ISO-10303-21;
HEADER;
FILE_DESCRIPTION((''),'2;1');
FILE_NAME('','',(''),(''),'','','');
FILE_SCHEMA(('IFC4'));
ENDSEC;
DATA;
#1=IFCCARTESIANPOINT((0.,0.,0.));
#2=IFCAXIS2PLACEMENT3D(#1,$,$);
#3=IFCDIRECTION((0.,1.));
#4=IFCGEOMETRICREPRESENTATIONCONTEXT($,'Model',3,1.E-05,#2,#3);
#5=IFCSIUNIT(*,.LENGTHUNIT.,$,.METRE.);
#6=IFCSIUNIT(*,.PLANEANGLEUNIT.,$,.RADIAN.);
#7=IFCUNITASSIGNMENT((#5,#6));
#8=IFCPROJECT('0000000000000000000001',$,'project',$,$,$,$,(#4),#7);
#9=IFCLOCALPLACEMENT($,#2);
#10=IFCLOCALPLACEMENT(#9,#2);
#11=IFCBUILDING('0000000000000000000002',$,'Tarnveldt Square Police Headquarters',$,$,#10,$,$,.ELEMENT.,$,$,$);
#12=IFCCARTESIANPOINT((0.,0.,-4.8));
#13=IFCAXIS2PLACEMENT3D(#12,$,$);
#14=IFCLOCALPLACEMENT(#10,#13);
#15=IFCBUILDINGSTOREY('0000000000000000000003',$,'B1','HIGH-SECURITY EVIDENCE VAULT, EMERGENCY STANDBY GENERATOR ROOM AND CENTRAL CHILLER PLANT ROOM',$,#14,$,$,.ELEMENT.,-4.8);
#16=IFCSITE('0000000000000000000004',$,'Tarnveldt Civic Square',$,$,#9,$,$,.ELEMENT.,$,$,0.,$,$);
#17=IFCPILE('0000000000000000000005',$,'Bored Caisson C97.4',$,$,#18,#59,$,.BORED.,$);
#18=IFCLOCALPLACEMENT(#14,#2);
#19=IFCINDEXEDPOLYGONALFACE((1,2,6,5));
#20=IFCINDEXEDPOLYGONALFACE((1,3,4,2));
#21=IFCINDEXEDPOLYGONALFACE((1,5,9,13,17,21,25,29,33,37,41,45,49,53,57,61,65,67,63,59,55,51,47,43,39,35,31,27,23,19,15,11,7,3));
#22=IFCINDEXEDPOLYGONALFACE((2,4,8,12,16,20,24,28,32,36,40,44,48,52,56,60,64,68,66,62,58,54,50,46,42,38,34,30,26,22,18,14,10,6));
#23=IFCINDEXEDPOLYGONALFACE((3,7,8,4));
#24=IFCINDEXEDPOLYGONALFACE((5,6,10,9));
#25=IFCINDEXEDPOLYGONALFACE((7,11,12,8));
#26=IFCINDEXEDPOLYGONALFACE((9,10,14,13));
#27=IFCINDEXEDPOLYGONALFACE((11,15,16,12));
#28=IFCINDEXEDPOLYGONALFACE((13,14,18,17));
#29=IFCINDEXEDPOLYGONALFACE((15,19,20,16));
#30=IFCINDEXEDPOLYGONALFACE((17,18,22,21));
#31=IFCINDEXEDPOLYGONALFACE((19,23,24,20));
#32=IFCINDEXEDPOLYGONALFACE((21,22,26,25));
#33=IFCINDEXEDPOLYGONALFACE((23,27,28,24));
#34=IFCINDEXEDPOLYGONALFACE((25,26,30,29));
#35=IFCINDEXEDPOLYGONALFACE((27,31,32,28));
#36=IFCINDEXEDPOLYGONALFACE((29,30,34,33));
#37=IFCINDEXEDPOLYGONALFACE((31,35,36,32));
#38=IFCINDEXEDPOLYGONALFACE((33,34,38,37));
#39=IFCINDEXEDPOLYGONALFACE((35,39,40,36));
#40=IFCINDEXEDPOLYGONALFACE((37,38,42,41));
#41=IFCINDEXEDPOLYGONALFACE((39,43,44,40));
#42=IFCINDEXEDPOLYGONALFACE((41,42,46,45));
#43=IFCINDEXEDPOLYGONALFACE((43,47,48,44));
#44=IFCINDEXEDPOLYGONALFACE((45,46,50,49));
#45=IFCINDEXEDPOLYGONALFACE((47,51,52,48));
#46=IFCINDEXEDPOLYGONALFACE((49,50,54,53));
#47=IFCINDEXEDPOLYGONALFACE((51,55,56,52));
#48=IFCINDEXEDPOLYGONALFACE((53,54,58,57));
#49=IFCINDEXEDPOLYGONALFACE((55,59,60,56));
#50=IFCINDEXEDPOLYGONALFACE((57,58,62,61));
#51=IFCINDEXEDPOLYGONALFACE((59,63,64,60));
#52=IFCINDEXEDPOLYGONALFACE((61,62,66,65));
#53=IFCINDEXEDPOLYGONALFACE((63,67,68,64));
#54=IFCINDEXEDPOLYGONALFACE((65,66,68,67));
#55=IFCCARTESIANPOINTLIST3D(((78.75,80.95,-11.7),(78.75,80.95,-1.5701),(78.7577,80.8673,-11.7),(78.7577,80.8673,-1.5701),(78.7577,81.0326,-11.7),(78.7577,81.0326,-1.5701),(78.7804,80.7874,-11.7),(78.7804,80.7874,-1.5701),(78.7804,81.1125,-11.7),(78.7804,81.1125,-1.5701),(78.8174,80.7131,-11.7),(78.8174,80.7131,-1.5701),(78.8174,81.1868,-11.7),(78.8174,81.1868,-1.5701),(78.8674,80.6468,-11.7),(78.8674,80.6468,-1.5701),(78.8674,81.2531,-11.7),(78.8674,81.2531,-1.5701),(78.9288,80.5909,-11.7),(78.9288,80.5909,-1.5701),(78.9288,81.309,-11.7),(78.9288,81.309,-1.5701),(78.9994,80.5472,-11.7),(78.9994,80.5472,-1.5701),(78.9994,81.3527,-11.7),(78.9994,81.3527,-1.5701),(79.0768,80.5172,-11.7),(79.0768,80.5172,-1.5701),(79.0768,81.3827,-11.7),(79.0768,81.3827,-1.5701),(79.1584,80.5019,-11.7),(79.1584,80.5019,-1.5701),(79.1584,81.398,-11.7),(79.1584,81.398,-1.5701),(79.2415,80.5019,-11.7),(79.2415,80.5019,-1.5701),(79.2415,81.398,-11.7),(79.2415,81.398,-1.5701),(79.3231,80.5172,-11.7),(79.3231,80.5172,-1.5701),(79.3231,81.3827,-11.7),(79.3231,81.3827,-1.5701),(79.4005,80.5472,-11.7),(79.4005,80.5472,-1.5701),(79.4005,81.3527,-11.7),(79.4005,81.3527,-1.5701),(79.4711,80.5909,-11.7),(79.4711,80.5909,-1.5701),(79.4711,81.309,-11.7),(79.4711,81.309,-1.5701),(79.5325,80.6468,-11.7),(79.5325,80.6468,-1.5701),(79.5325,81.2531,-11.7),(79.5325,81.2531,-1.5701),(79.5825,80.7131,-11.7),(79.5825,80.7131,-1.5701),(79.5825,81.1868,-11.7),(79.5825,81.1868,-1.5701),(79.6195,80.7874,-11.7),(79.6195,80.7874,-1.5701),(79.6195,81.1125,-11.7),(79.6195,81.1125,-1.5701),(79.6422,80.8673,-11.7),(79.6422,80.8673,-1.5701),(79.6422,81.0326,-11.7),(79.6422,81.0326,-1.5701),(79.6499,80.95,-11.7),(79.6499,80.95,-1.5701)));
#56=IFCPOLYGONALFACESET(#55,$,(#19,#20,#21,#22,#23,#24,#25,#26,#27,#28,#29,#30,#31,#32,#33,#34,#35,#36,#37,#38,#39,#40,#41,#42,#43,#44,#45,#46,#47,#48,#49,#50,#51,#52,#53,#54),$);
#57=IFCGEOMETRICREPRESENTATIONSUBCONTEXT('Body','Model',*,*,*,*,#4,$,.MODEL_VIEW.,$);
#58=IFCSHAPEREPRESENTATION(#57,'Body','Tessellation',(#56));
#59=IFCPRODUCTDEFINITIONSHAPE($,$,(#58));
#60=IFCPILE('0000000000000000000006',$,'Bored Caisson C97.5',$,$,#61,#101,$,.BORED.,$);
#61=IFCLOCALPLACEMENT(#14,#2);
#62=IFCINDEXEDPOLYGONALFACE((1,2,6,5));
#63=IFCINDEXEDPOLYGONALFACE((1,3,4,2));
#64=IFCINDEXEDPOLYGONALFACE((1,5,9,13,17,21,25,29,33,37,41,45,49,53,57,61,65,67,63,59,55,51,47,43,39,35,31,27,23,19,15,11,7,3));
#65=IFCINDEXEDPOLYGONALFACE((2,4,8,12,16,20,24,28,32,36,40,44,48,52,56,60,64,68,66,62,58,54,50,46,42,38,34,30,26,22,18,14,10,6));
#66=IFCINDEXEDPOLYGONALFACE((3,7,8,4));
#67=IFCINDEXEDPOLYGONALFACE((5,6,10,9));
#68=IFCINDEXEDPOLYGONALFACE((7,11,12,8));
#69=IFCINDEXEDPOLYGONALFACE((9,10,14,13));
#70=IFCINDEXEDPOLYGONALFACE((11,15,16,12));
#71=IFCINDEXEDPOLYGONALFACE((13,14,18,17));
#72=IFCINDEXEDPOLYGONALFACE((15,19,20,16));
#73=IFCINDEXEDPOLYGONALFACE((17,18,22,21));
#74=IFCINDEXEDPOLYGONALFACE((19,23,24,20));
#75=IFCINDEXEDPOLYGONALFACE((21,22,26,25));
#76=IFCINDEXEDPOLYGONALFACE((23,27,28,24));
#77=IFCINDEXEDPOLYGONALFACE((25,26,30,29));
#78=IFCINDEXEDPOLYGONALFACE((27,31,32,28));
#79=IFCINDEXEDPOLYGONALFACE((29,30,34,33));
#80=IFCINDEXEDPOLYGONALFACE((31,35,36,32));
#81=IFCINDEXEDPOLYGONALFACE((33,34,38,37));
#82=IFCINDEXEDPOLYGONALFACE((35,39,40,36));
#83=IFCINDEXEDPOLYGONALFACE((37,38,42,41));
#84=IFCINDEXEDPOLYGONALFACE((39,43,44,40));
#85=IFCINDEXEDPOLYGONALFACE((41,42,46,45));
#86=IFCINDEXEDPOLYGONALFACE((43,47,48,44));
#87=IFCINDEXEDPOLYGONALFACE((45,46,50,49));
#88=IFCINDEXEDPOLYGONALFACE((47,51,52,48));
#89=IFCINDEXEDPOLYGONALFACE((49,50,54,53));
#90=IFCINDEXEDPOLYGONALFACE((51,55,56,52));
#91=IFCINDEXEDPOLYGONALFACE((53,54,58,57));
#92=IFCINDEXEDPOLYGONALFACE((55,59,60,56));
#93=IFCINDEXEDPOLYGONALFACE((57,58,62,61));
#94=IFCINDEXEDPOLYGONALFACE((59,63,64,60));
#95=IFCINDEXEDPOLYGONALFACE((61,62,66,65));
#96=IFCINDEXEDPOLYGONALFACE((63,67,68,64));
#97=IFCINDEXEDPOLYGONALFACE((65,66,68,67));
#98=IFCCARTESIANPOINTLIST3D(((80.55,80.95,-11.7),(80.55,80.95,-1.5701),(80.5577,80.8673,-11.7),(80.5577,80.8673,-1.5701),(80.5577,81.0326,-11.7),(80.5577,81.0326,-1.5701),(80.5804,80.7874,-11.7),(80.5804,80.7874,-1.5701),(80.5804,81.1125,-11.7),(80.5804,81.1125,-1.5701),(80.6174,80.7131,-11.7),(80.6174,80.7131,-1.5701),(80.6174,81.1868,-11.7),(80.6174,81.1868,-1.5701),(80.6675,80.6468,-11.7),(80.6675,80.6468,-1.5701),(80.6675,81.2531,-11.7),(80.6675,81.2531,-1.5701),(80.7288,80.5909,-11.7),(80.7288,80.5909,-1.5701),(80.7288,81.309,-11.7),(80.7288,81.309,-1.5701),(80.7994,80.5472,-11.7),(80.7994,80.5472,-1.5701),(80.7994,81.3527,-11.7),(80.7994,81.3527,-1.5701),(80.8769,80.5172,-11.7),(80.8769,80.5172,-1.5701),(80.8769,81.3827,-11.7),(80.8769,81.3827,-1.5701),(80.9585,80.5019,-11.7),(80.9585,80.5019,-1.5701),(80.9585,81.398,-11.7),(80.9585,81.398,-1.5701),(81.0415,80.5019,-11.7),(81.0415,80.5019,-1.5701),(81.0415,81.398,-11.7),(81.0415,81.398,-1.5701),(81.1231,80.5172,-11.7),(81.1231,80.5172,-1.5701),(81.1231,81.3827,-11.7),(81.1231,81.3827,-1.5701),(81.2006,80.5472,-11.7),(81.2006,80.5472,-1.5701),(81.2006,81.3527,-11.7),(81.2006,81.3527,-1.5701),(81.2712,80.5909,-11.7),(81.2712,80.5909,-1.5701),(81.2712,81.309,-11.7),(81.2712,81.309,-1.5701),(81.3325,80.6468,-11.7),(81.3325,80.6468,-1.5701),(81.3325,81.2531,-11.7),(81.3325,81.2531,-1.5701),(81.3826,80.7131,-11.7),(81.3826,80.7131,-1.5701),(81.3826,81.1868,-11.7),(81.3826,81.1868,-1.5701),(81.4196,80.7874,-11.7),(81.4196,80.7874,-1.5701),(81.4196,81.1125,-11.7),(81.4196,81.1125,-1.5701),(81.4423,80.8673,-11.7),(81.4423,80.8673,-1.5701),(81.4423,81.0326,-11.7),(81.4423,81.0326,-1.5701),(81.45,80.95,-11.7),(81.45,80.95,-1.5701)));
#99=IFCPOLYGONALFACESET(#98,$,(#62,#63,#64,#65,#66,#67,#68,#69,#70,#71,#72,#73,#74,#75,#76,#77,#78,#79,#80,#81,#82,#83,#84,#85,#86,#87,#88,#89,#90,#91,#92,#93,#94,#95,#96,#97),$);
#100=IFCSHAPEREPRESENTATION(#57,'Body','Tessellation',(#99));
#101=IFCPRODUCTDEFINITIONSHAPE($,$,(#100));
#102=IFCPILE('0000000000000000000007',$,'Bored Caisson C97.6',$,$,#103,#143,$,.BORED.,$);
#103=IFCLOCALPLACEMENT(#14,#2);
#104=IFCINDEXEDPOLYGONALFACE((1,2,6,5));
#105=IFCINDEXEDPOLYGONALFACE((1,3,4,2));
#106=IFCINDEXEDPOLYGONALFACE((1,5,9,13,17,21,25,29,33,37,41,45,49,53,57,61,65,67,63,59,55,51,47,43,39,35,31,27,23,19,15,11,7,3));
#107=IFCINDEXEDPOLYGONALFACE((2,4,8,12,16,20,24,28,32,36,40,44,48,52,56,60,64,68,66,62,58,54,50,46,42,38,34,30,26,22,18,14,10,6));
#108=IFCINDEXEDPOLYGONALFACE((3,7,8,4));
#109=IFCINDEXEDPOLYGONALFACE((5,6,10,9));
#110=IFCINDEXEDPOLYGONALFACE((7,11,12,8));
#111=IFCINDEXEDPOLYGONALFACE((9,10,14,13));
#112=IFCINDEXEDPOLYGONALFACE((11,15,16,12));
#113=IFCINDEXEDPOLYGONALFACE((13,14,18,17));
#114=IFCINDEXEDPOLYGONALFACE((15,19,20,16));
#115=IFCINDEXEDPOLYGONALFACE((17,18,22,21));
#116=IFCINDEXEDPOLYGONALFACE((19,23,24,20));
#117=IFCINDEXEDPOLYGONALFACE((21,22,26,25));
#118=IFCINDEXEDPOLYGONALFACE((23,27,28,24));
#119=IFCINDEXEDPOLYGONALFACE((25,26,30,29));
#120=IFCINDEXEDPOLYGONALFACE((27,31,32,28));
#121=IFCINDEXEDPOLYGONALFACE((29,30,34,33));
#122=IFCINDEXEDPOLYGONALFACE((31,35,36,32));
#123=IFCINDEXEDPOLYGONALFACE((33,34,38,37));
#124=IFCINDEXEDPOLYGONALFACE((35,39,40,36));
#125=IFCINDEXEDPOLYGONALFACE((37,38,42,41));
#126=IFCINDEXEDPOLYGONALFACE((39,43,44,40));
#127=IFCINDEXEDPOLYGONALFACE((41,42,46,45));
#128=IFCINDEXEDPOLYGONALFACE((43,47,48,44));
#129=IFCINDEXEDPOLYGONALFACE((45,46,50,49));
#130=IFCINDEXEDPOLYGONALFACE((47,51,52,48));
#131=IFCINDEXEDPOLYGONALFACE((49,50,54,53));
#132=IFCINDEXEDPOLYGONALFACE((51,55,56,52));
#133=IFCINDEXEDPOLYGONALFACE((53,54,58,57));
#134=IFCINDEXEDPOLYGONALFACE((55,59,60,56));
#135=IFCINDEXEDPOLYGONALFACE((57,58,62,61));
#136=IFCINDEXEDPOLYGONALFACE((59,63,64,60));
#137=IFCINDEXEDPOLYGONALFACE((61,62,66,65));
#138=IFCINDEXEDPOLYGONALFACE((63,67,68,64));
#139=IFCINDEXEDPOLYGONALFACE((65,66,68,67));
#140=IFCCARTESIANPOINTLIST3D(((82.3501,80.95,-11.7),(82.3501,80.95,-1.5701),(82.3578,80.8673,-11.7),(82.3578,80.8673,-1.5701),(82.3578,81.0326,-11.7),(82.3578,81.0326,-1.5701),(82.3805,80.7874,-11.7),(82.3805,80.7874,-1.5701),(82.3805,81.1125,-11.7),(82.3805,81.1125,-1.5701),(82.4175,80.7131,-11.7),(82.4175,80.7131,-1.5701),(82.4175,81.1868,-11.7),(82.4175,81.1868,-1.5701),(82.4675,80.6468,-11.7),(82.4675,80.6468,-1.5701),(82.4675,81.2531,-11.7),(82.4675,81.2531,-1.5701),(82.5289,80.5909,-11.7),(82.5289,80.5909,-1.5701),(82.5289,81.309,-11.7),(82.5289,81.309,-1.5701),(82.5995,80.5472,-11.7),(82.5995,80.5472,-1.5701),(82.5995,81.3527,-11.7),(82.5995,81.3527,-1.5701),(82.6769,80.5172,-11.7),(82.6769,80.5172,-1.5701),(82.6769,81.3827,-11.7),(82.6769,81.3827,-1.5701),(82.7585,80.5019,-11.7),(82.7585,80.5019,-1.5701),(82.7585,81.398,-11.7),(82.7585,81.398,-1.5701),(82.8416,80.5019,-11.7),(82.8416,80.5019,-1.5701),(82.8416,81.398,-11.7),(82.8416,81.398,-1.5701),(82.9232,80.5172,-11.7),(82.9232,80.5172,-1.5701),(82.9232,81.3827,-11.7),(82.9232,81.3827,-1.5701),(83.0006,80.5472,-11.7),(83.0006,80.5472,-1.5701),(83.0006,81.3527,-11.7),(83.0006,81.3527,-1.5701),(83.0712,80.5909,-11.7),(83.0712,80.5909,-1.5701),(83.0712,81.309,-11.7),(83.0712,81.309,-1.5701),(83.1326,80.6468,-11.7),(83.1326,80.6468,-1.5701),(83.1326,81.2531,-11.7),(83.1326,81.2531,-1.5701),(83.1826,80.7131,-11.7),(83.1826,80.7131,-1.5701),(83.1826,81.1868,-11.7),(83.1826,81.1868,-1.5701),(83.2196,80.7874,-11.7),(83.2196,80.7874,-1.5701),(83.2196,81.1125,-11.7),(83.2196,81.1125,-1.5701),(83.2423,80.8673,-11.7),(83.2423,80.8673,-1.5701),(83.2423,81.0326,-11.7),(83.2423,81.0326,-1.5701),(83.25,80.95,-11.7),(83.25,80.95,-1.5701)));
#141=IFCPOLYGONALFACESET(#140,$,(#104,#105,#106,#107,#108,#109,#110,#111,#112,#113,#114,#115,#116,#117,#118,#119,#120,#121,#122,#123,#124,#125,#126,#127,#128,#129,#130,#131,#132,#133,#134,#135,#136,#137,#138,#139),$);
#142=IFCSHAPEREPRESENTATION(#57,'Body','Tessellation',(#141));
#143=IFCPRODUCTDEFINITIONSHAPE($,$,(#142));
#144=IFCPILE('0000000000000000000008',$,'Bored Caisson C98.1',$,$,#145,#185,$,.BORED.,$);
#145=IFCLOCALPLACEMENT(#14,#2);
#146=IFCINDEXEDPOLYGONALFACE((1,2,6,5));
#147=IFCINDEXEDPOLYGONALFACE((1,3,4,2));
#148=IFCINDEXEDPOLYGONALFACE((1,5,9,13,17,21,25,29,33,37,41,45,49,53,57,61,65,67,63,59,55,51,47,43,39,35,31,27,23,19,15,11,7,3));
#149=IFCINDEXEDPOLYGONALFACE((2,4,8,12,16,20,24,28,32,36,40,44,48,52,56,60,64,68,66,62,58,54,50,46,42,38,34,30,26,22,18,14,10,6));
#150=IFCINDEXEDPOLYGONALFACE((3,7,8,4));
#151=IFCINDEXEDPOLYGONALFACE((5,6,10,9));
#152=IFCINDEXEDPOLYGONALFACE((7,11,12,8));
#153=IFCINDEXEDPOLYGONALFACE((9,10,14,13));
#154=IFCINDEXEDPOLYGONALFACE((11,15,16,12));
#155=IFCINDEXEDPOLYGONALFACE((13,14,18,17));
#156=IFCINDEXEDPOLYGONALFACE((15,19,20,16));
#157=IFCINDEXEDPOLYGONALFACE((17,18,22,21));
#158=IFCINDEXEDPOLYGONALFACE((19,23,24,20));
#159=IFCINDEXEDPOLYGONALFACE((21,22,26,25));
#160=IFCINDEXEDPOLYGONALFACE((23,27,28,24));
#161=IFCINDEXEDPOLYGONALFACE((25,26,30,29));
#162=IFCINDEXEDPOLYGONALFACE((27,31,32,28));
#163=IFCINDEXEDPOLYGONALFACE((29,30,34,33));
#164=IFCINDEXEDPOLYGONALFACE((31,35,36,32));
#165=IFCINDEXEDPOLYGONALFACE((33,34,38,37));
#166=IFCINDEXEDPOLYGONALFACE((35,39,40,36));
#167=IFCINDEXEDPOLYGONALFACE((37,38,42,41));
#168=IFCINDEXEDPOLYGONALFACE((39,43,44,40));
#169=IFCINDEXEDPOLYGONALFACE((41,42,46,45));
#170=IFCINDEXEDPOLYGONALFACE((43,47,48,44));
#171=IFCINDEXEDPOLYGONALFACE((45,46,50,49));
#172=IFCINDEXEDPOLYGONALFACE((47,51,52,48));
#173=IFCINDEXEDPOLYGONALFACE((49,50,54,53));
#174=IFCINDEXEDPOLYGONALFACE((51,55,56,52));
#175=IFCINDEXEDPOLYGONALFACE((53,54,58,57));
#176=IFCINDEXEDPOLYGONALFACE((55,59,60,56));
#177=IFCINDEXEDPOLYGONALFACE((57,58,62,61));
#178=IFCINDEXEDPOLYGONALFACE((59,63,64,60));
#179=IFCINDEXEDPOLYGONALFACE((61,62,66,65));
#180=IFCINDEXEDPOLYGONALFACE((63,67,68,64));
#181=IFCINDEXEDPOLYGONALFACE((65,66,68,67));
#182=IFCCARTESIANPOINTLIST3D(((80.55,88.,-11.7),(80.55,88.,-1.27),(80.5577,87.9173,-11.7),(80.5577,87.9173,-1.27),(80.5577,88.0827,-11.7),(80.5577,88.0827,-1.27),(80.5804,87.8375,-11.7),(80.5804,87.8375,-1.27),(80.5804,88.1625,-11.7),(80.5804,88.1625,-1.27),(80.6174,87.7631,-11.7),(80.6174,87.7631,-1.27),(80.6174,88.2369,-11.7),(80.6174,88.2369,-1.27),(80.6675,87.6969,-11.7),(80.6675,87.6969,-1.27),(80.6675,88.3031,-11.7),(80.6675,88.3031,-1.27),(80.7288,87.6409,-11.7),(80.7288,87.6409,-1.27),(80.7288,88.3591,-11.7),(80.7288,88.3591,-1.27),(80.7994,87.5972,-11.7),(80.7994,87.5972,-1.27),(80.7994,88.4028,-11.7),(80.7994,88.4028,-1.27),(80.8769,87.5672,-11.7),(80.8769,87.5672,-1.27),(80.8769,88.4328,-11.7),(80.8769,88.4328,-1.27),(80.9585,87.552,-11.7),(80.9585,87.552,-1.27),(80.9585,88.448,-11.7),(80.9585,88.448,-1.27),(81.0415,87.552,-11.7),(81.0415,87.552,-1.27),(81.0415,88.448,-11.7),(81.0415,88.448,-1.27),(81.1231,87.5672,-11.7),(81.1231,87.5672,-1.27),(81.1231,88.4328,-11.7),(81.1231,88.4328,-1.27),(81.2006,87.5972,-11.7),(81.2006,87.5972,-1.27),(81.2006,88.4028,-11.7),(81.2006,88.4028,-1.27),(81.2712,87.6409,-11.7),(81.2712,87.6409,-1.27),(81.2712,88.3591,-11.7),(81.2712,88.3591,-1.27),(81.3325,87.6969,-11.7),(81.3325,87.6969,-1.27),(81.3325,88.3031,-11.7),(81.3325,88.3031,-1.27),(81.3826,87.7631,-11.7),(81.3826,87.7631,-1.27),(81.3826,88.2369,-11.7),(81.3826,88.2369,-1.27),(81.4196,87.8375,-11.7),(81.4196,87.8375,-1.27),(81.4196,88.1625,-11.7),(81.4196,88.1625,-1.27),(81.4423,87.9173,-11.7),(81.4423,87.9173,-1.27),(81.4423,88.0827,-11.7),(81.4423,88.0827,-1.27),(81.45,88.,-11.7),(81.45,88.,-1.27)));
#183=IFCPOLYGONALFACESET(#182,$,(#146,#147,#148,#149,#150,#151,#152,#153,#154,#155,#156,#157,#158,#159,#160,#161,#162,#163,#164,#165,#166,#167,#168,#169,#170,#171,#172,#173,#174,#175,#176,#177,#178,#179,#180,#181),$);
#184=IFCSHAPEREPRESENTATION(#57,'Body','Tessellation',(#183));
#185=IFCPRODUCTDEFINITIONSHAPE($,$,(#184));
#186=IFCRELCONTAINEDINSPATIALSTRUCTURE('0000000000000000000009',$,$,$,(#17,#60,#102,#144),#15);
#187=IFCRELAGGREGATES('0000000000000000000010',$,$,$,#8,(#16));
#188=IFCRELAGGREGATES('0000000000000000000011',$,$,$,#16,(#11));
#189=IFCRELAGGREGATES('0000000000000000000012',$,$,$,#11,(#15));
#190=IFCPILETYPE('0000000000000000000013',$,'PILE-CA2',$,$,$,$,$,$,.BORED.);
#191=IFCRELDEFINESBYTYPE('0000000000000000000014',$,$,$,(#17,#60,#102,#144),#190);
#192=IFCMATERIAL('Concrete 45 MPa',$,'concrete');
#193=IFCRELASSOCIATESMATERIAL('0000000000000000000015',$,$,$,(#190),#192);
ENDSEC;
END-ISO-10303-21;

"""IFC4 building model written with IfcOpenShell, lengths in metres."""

from ifc_helpers import new_model, si_unit, direction, frame, origin, origin_2d, place, context, subcontext, project, spatial, circle, extrude, material, material_profile, profile_set, type_object, element, save


model = new_model("IFC4")

# Units and contexts
model_context = context("Model", 3, precision=1e-05, world=origin(), true_north=direction((0.0, 1.0)))
body_context = subcontext(model_context, "Body", "Model", "MODEL_VIEW")
ifc_project = project(units=[si_unit("LENGTHUNIT", "METRE"), si_unit("PLANEANGLEUNIT", "RADIAN")], contexts=[model_context])

# Site, building, storey
site_placement = place(None, origin())
site = spatial("IfcSite", under=ifc_project, at=site_placement, Name="Tarnveldt Civic Square", CompositionType="ELEMENT", RefElevation=0.0)
building_placement = place(site_placement, origin())
building = spatial("IfcBuilding", under=site, at=building_placement, Name="Tarnveldt Square Police Headquarters", CompositionType="ELEMENT")
storey_placement = place(building_placement, frame((0.0, 0.0, -4.8)))
storey = spatial("IfcBuildingStorey", under=building, at=storey_placement, Name="B1", Description="HIGH-SECURITY EVIDENCE VAULT, EMERGENCY STANDBY GENERATOR ROOM AND CENTRAL CHILLER PLANT ROOM", CompositionType="ELEMENT", Elevation=-4.8)

# Shared definitions
ifc_material_1 = material(Name="Concrete 45 MPa", Category="concrete")

# Piles
ifc_material_profile_1 = material_profile(ifc_material_1, circle(Radius=0.45, at=origin_2d()), Name="CAISSON-D900")
ifc_profile_set_1 = profile_set([ifc_material_profile_1], Name="Concrete 45 MPa")
pile_type_1 = type_object("IfcPileType", Name="PILE-CA2", PredefinedType="BORED", material=ifc_profile_set_1)
for number, where, z_axis, x_axis, name in (
    (1, (79.2, 80.95, -1.5701), (0.0, 0.0, -1.0), (1.0, 0.0, 0.0), "Bored Caisson C97.4"),
    (2, (81.0, 80.95, -1.5701), (0.0, 0.0, -1.0), (1.0, 0.0, 0.0), "Bored Caisson C97.5"),
    (3, (82.8, 80.95, -1.5701), (0.0, 0.0, -1.0), (1.0, 0.0, 0.0), "Bored Caisson C97.6"),
):
    element("IfcPile", number, at=place(storey_placement, frame(where, z_axis=z_axis, x_axis=x_axis)), inside=storey, type_object=pile_type_1, Name=name, PredefinedType="BORED", context=body_context, shape_type="SweptSolid", body=[
        extrude(circle(Radius=0.45, at=origin_2d()), origin(), (0.0, 0.0, 1.0), 10.1299),
    ])
for number, where, z_axis, x_axis, name in (
    (4, (81.0, 88.0, -1.27), (0.0, 0.0, -1.0), (1.0, 0.0, 0.0), "Bored Caisson C98.1"),
):
    element("IfcPile", number, at=place(storey_placement, frame(where, z_axis=z_axis, x_axis=x_axis)), inside=storey, type_object=pile_type_1, Name=name, PredefinedType="BORED", context=body_context, shape_type="SweptSolid", body=[
        extrude(circle(Radius=0.45, at=origin_2d()), origin(), (0.0, 0.0, 1.0), 10.4299),
    ])

save(model, "model.ifc")
